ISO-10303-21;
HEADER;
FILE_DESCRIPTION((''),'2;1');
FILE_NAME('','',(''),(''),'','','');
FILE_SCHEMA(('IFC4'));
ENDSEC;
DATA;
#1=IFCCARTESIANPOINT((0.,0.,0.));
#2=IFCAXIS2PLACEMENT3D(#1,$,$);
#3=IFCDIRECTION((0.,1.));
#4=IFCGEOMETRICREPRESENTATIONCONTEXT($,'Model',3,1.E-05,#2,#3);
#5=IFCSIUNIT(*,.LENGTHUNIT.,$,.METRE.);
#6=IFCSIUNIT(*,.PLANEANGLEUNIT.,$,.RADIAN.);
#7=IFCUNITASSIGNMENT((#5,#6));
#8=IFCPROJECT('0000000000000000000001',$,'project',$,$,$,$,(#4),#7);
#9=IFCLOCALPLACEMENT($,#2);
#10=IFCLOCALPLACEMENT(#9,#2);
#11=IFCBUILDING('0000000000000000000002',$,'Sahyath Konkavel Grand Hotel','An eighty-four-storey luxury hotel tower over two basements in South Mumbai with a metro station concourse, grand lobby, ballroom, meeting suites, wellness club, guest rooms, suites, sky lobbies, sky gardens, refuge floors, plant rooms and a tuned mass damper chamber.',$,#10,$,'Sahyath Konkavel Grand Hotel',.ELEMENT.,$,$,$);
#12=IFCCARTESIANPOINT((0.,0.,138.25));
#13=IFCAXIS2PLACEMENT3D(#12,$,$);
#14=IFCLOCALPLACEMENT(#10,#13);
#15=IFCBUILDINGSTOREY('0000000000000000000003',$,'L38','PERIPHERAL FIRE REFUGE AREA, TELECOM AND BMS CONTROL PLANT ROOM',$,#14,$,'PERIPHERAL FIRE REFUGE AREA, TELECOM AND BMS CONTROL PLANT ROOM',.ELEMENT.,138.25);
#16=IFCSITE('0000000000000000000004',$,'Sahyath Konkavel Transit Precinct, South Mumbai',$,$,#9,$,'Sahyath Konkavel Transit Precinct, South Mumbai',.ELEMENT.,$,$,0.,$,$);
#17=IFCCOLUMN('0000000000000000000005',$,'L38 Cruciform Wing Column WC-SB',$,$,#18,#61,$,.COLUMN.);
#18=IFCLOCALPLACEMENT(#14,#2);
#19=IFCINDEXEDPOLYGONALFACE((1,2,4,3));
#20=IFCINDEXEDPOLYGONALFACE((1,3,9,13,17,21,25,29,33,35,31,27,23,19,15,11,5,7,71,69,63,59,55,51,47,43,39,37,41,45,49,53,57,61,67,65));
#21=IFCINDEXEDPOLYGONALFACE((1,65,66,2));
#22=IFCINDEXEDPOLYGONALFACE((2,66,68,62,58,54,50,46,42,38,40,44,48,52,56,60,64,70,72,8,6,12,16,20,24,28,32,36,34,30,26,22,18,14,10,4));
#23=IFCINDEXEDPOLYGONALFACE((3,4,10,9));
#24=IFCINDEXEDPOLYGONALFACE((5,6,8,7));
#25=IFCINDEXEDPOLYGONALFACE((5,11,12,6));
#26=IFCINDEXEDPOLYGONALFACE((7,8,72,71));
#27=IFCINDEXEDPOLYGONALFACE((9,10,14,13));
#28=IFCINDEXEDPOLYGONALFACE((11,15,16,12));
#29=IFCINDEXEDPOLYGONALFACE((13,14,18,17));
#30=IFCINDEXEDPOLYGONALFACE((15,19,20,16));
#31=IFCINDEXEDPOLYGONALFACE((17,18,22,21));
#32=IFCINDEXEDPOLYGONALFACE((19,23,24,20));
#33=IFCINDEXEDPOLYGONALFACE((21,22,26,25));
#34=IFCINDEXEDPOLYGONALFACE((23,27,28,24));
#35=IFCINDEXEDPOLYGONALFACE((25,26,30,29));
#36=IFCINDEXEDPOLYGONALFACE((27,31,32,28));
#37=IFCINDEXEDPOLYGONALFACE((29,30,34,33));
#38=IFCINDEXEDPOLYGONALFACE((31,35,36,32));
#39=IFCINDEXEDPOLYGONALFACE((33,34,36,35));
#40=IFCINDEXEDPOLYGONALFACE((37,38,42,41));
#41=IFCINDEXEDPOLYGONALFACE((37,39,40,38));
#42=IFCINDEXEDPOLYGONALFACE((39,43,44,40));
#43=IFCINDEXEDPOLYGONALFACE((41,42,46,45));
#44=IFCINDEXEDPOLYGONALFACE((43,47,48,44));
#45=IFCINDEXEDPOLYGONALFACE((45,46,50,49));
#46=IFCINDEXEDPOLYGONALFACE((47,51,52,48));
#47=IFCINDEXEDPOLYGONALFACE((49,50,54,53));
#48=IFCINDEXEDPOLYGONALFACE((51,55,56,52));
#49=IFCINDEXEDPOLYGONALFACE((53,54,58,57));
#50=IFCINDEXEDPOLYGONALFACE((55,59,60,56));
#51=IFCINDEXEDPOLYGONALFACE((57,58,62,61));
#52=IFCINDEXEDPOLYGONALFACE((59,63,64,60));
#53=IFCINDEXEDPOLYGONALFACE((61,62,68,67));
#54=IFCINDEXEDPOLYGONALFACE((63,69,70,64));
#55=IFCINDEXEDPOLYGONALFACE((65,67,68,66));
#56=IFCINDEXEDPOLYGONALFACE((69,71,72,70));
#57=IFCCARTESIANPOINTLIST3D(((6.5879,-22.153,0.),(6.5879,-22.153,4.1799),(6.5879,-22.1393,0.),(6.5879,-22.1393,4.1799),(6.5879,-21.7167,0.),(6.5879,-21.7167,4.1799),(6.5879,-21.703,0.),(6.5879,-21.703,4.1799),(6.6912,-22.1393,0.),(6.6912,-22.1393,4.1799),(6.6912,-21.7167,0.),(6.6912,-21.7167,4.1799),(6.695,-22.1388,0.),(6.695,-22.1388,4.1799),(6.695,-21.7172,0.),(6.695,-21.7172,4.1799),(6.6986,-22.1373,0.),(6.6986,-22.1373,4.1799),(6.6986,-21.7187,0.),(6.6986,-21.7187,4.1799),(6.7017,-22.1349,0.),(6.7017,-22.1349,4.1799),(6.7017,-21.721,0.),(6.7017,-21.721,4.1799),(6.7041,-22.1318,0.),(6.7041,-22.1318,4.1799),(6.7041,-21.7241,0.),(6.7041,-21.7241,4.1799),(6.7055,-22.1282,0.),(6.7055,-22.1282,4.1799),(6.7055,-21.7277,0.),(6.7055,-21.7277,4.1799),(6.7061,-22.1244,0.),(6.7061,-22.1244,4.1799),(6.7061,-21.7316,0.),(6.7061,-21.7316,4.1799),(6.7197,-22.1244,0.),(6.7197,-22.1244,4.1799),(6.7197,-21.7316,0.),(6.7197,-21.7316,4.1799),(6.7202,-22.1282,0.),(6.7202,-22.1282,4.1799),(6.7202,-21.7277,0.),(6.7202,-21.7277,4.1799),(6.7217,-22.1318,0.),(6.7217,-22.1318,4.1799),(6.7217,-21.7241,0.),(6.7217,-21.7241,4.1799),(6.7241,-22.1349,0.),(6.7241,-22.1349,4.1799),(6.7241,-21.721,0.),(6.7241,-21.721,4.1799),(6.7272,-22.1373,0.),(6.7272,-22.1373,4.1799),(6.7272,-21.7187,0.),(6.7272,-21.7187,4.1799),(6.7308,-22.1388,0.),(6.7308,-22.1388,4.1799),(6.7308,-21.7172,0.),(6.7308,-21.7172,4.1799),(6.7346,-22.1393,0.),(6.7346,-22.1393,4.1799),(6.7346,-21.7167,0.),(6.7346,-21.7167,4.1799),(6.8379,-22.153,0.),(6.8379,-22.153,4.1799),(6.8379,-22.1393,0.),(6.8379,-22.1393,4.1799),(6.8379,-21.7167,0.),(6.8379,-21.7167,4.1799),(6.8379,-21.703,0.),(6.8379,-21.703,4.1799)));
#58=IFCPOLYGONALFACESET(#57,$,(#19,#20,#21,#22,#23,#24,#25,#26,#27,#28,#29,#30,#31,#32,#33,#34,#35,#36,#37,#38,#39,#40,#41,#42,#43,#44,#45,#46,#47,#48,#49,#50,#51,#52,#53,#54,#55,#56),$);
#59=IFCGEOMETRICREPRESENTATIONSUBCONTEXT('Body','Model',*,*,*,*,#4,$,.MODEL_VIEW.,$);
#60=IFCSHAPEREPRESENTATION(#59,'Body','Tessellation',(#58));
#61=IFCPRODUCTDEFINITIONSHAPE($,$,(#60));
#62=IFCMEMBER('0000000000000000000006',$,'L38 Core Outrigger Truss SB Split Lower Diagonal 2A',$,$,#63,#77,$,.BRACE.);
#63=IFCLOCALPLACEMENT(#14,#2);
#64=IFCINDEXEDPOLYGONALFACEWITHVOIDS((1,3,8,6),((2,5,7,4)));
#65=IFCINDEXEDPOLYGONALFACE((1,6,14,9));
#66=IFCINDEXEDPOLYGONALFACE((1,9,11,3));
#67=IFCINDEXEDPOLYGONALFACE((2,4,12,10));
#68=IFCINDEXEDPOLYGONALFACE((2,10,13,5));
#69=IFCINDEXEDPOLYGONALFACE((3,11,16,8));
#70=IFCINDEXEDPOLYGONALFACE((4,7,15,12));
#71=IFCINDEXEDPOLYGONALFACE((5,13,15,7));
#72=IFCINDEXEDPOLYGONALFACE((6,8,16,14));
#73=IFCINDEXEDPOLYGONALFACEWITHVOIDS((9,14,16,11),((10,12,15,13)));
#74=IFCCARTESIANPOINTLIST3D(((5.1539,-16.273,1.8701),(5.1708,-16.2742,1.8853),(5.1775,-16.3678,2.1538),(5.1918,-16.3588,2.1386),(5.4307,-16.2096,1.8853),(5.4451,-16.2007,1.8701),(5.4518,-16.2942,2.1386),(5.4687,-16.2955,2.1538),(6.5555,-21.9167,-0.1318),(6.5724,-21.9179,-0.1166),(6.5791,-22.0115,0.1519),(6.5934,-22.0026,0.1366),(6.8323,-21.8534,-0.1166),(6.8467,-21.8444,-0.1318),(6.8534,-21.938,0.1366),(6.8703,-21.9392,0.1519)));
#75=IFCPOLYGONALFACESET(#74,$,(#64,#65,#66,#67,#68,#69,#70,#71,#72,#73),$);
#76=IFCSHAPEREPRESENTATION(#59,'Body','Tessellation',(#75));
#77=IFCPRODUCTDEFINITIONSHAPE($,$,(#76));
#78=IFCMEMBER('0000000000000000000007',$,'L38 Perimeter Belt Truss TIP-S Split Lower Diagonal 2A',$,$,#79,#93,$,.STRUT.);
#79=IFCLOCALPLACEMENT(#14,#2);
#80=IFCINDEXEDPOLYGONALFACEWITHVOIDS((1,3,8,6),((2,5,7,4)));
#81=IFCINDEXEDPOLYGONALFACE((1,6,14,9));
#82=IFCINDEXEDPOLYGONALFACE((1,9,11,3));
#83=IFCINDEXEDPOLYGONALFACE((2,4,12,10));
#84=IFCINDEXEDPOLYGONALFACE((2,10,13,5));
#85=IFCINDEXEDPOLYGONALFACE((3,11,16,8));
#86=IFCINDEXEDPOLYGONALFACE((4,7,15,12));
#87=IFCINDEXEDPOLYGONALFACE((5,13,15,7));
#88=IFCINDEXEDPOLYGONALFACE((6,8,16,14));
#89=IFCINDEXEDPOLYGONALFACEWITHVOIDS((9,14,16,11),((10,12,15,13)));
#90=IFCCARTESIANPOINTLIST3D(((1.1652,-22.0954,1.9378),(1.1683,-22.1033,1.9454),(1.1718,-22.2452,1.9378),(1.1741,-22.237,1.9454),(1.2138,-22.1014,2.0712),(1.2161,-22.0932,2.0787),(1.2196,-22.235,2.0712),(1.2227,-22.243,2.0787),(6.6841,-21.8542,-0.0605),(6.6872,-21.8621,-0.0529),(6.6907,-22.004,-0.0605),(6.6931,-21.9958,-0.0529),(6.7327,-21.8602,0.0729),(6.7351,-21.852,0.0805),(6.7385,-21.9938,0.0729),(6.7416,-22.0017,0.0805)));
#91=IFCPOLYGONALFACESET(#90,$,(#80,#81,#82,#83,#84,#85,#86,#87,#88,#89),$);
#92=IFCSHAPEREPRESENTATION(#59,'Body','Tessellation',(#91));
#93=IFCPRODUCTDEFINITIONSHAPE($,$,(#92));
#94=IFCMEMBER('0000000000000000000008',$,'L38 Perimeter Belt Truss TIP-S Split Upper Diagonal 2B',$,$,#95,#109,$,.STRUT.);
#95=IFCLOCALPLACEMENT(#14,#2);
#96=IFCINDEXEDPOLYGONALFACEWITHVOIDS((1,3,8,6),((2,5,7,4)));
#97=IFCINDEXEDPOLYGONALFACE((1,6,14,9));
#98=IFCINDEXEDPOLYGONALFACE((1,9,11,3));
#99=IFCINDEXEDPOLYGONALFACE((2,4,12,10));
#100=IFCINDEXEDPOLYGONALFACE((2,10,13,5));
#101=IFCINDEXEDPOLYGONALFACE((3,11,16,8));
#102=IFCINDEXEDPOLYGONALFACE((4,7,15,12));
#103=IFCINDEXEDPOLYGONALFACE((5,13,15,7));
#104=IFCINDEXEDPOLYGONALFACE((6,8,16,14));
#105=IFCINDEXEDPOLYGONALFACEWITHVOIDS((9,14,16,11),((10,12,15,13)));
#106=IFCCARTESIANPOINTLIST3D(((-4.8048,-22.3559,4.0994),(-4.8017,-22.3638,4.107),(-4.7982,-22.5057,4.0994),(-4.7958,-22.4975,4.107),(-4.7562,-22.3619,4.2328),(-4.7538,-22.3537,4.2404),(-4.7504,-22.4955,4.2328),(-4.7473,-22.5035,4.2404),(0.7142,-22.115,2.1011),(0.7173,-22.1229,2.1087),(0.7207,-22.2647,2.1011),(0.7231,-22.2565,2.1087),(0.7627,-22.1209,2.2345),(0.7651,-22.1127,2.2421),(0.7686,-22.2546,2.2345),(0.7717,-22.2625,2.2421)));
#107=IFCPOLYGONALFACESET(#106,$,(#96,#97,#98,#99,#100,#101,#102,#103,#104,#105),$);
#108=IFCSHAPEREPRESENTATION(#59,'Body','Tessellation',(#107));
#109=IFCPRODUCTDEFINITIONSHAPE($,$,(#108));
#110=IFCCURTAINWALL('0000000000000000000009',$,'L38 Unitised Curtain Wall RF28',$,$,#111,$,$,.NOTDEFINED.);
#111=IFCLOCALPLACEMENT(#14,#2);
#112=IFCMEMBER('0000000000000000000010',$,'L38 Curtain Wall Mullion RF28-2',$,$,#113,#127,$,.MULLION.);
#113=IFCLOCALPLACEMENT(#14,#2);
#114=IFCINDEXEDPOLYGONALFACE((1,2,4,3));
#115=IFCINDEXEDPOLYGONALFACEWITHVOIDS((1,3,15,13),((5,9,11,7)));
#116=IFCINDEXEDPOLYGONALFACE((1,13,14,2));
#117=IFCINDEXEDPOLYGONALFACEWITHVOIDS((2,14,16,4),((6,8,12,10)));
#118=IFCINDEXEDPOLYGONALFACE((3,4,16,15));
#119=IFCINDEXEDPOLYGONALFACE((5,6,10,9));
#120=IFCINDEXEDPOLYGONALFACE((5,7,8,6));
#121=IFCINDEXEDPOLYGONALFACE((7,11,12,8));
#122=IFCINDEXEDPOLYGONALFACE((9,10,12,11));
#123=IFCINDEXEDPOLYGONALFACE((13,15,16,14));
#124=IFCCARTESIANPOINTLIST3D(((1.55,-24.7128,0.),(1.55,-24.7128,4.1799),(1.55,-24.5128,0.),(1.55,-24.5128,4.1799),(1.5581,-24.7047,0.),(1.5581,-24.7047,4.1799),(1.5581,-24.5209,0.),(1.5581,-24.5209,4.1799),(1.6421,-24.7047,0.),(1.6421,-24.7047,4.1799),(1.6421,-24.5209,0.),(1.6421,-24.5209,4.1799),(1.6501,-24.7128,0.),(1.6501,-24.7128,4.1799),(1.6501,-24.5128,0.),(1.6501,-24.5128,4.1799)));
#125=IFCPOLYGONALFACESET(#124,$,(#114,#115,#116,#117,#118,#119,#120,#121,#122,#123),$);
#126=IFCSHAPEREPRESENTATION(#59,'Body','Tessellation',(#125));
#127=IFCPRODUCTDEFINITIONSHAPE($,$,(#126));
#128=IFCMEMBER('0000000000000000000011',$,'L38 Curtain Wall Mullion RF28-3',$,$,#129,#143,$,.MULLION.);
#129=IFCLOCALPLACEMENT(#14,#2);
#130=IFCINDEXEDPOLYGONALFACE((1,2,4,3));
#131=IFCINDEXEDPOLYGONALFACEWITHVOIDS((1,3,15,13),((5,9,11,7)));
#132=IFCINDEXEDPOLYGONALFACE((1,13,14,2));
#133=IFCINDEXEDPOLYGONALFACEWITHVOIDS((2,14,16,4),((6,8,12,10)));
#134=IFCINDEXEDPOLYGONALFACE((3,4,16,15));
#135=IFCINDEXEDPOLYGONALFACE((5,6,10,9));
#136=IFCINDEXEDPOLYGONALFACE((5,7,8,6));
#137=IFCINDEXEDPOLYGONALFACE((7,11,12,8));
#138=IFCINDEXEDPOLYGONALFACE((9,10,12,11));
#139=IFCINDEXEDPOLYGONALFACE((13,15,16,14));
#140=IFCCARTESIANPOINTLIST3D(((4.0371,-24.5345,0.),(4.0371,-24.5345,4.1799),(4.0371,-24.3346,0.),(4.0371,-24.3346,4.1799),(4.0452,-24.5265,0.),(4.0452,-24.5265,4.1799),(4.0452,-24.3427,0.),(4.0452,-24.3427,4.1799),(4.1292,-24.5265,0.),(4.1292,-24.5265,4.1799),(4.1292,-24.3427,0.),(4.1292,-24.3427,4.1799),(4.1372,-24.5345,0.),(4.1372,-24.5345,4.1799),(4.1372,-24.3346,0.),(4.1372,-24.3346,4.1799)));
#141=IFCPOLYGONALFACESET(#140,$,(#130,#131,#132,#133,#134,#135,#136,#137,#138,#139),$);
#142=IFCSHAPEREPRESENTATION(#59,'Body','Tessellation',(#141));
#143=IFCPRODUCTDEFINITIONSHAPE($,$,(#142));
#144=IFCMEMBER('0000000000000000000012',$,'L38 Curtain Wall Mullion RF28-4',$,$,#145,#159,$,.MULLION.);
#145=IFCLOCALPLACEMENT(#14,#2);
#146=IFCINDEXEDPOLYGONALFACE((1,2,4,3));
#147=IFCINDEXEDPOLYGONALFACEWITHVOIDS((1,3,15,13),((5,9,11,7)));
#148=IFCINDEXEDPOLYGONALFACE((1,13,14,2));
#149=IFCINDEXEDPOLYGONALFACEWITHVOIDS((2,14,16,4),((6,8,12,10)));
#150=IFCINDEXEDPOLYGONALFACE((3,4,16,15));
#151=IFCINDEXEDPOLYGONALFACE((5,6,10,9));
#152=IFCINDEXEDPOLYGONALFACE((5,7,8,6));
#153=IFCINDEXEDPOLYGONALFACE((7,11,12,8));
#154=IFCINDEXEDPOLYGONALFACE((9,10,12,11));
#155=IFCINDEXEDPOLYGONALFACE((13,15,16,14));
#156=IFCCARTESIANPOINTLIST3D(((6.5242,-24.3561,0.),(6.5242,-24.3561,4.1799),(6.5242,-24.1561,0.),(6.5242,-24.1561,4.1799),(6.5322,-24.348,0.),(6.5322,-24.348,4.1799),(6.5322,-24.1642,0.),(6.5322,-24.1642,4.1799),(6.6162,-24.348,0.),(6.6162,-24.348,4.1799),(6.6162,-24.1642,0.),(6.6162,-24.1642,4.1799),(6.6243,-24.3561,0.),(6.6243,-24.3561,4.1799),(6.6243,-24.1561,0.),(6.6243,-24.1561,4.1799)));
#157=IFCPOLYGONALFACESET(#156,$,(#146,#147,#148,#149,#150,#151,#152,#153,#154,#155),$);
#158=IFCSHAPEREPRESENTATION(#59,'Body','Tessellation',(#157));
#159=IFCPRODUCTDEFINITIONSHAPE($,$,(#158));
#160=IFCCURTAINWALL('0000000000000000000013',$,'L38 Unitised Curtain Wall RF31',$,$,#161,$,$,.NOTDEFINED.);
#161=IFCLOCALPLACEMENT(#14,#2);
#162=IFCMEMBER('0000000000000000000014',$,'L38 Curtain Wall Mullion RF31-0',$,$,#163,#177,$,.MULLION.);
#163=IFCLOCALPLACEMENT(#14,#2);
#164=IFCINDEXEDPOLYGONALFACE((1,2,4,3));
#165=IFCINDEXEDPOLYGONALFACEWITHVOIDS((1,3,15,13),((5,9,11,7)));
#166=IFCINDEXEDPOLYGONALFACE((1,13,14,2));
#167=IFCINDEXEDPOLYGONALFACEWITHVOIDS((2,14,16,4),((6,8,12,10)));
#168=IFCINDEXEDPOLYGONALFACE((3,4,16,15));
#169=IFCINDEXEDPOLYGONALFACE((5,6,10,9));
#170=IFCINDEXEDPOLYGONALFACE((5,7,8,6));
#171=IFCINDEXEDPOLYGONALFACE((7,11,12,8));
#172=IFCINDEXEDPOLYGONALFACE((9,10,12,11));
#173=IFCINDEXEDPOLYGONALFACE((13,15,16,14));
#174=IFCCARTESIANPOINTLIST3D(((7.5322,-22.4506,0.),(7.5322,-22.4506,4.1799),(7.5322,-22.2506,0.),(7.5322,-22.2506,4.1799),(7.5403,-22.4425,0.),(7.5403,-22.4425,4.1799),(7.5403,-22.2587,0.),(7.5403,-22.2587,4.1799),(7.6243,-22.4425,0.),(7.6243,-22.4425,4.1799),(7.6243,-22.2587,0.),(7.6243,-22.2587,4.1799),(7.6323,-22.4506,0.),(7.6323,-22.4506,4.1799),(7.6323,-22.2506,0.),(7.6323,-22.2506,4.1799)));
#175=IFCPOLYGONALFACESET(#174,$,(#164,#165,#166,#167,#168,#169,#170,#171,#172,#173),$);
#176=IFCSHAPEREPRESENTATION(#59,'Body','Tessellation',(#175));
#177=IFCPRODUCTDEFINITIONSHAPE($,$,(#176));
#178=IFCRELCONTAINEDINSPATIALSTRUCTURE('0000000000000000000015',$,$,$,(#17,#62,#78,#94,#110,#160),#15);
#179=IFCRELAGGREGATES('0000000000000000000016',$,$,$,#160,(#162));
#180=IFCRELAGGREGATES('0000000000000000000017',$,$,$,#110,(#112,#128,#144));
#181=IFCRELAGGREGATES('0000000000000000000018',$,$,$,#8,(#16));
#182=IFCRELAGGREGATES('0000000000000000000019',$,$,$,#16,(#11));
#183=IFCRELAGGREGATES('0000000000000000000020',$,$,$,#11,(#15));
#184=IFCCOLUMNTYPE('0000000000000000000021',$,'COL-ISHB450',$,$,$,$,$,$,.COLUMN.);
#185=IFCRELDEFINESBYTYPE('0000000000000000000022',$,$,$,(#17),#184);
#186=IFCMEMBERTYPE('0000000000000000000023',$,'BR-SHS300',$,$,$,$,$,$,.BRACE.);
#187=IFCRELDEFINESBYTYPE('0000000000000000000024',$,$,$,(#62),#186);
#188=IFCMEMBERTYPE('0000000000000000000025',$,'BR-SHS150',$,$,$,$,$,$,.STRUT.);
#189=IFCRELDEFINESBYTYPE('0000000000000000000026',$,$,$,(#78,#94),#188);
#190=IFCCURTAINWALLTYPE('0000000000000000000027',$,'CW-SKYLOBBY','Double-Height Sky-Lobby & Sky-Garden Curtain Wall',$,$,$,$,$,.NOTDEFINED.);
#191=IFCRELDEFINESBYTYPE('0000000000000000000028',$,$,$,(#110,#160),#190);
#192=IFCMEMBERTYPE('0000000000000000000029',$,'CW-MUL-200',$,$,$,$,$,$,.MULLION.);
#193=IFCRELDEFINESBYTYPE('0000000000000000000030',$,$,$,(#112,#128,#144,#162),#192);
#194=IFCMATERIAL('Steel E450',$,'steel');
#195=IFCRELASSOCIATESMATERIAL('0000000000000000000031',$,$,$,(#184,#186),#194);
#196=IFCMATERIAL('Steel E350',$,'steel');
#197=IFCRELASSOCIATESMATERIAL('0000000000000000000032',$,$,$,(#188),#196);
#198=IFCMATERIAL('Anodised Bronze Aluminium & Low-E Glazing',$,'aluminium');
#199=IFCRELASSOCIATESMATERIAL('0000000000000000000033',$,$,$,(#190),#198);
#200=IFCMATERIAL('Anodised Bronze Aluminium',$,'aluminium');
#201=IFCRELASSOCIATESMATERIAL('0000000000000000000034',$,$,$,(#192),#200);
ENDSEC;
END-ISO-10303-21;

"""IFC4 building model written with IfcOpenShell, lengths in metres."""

from ifc_helpers import new_model, si_unit, direction, frame, origin, origin_2d, place, context, subcontext, project, spatial, hollow_rectangle, i_section, extrude, source, transform, mapped, material, material_profile, profile_set, type_object, element, aggregate, save


model = new_model("IFC4")

# Units and contexts
model_context = context("Model", 3, precision=1e-05, world=origin(), true_north=direction((0.0, 1.0)))
body_context = subcontext(model_context, "Body", "Model", "MODEL_VIEW")
ifc_project = project(units=[si_unit("LENGTHUNIT", "METRE"), si_unit("PLANEANGLEUNIT", "RADIAN")], contexts=[model_context])

# Site, building, storey
site_placement = place(None, origin())
site = spatial("IfcSite", under=ifc_project, at=site_placement, Name="Sahyath Konkavel Transit Precinct, South Mumbai", LongName="Sahyath Konkavel Transit Precinct, South Mumbai", CompositionType="ELEMENT", RefElevation=0.0)
building_placement = place(site_placement, origin())
building = spatial("IfcBuilding", under=site, at=building_placement, Name="Sahyath Konkavel Grand Hotel", Description="An eighty-four-storey luxury hotel tower over two basements in South Mumbai with a metro station concourse, grand lobby, ballroom, meeting suites, wellness club, guest rooms, suites, sky lobbies, sky gardens, refuge floors, plant rooms and a tuned mass damper chamber.", LongName="Sahyath Konkavel Grand Hotel", CompositionType="ELEMENT")
storey_placement = place(building_placement, frame((0.0, 0.0, 138.25)))
storey = spatial("IfcBuildingStorey", under=building, at=storey_placement, Name="L38", Description="PERIPHERAL FIRE REFUGE AREA, TELECOM AND BMS CONTROL PLANT ROOM", LongName="PERIPHERAL FIRE REFUGE AREA, TELECOM AND BMS CONTROL PLANT ROOM", CompositionType="ELEMENT", Elevation=138.25)

# Column
ifc_material_1 = material(Name="Steel E450", Category="steel")
ifc_material_profile_1 = material_profile(ifc_material_1, i_section(OverallWidth=0.25, OverallDepth=0.45, WebThickness=0.0137, FlangeThickness=0.0137, FilletRadius=0.0149, at=origin_2d()), Name="ISHB 450")
ifc_profile_set_1 = profile_set([ifc_material_profile_1], Name="Steel E450")
column_type = type_object("IfcColumnType", Name="COL-ISHB450", PredefinedType="COLUMN", material=ifc_profile_set_1)
shared_shape_1 = source(origin(), body_context, "Body", "SweptSolid", [
    extrude(i_section(OverallWidth=0.25, OverallDepth=0.45, WebThickness=0.0137, FlangeThickness=0.0137, FilletRadius=0.0149, at=origin_2d()), origin(), (0.0, 0.0, 1.0), 4.1799),
])
column_placement = place(storey_placement, frame((6.7129, -21.928, 0.0), z_axis=(0.0, 0.0, 1.0), x_axis=(1.0, 0.0, 0.0)))
element("IfcColumn", 1, at=column_placement, inside=storey, type_object=column_type, Name="L38 Cruciform Wing Column WC-SB", PredefinedType="COLUMN", context=body_context, shape_type="MappedRepresentation", body=[
    mapped(shared_shape_1, transform((0.0, 0.0, 0.0), scale=1.0)),
])

# Members
ifc_material_profile_2 = material_profile(ifc_material_1, hollow_rectangle(XDim=0.3, YDim=0.3, WallThickness=0.0161, at=origin_2d()), Name="SHS 300x300x16")
ifc_profile_set_2 = profile_set([ifc_material_profile_2], Name="Steel E450")
member_type_1 = type_object("IfcMemberType", Name="BR-SHS300", PredefinedType="BRACE", material=ifc_profile_set_2)
shared_shape_2 = source(origin(), body_context, "Body", "SweptSolid", [
    extrude(hollow_rectangle(XDim=0.3, YDim=0.3, WallThickness=0.0161, at=origin_2d()), origin(), (0.0, 0.0, 1.0), 6.1501),
])
member_1_placement = place(storey_placement, frame((6.7129, -21.928, 0.01), z_axis=(-0.227897, 0.917663, 0.325511), x_axis=(-0.970519, -0.241024, 0.0)))
element("IfcMember", 2, at=member_1_placement, inside=storey, type_object=member_type_1, Name="L38 Core Outrigger Truss SB Split Lower Diagonal 2A", PredefinedType="BRACE", context=body_context, shape_type="MappedRepresentation", body=[
    mapped(shared_shape_2, transform((0.0, 0.0, 0.0), scale=1.0)),
])
ifc_material_2 = material(Name="Steel E350", Category="steel")
ifc_material_profile_3 = material_profile(ifc_material_2, hollow_rectangle(XDim=0.1499, YDim=0.1499, WallThickness=0.0081, at=origin_2d()), Name="SHS 150x150x8")
ifc_profile_set_3 = profile_set([ifc_material_profile_3], Name="Steel E350")
member_type_2 = type_object("IfcMemberType", Name="BR-SHS150", PredefinedType="STRUT", material=ifc_profile_set_3)
shared_shape_3 = source(origin(), body_context, "Body", "SweptSolid", [
    extrude(hollow_rectangle(XDim=0.1499, YDim=0.1499, WallThickness=0.0081, at=origin_2d()), origin(), (0.0, 0.0, 1.0), 5.8745),
])
for number, where, z_axis, x_axis, name in (
    (3, (6.7129, -21.928, 0.01), (-0.939472, -0.04106, 0.340157), (0.043664, -0.999046, 0.0), "L38 Perimeter Belt Truss TIP-S Split Lower Diagonal 2A"),
    (4, (0.7429, -22.1887, 2.1716), (-0.939474, -0.041018, 0.340157), (0.043619, -0.999048, 0.0), "L38 Perimeter Belt Truss TIP-S Split Upper Diagonal 2B"),
):
    element("IfcMember", number, at=place(storey_placement, frame(where, z_axis=z_axis, x_axis=x_axis)), inside=storey, type_object=member_type_2, Name=name, PredefinedType="STRUT", context=body_context, shape_type="MappedRepresentation", body=[
        mapped(shared_shape_3, transform((0.0, 0.0, 0.0), scale=1.0)),
    ])

# Curtain wall, members
ifc_material_3 = material(Name="Anodised Bronze Aluminium & Low-E Glazing", Category="aluminium")
curtain_wall_type = type_object("IfcCurtainWallType", Name="CW-SKYLOBBY", Description="Double-Height Sky-Lobby & Sky-Garden Curtain Wall", PredefinedType="NOTDEFINED", material=ifc_material_3)
curtain_wall_1_placement = place(storey_placement, origin())
curtain_wall_1 = element("IfcCurtainWall", 5, at=curtain_wall_1_placement, inside=storey, type_object=curtain_wall_type, Name="L38 Unitised Curtain Wall RF28", PredefinedType="NOTDEFINED")
ifc_material_4 = material(Name="Anodised Bronze Aluminium", Category="aluminium")
ifc_material_profile_4 = material_profile(ifc_material_4, hollow_rectangle(XDim=0.1001, YDim=0.2, WallThickness=0.0081, at=origin_2d()), Name="RHS 200x100x8")
ifc_profile_set_4 = profile_set([ifc_material_profile_4], Name="Anodised Bronze Aluminium")
member_type_3 = type_object("IfcMemberType", Name="CW-MUL-200", PredefinedType="MULLION", material=ifc_profile_set_4)
shared_shape_4 = source(origin(), body_context, "Body", "SweptSolid", [
    extrude(hollow_rectangle(XDim=0.1001, YDim=0.2, WallThickness=0.0081, at=origin_2d()), origin(), (0.0, 0.0, 1.0), 4.1799),
])
member_2_placement = place(storey_placement, frame((1.6001, -24.6128, 0.0), z_axis=(0.0, 0.0, 1.0), x_axis=(1.0, 0.0, 0.0)))
member_2 = element("IfcMember", 6, at=member_2_placement, type_object=member_type_3, Name="L38 Curtain Wall Mullion RF28-2", PredefinedType="MULLION", context=body_context, shape_type="MappedRepresentation", body=[
    mapped(shared_shape_4, transform((0.0, 0.0, 0.0), scale=1.0)),
])
member_3_placement = place(storey_placement, frame((4.0872, -24.4346, 0.0), z_axis=(0.0, 0.0, 1.0), x_axis=(1.0, 0.0, 0.0)))
member_3 = element("IfcMember", 7, at=member_3_placement, type_object=member_type_3, Name="L38 Curtain Wall Mullion RF28-3", PredefinedType="MULLION", context=body_context, shape_type="MappedRepresentation", body=[
    mapped(shared_shape_4, transform((0.0, 0.0, 0.0), scale=1.0)),
])
member_4_placement = place(storey_placement, frame((6.5742, -24.2561, 0.0), z_axis=(0.0, 0.0, 1.0), x_axis=(1.0, 0.0, 0.0)))
member_4 = element("IfcMember", 8, at=member_4_placement, type_object=member_type_3, Name="L38 Curtain Wall Mullion RF28-4", PredefinedType="MULLION", context=body_context, shape_type="MappedRepresentation", body=[
    mapped(shared_shape_4, transform((0.0, 0.0, 0.0), scale=1.0)),
])

# Curtain wall, member
curtain_wall_2_placement = place(storey_placement, origin())
curtain_wall_2 = element("IfcCurtainWall", 9, at=curtain_wall_2_placement, inside=storey, type_object=curtain_wall_type, Name="L38 Unitised Curtain Wall RF31", PredefinedType="NOTDEFINED")
member_5_placement = place(storey_placement, frame((7.5823, -22.3506, 0.0), z_axis=(0.0, 0.0, 1.0), x_axis=(1.0, 0.0, 0.0)))
member_5 = element("IfcMember", 10, at=member_5_placement, type_object=member_type_3, Name="L38 Curtain Wall Mullion RF31-0", PredefinedType="MULLION", context=body_context, shape_type="MappedRepresentation", body=[
    mapped(shared_shape_4, transform((0.0, 0.0, 0.0), scale=1.0)),
])

aggregate(curtain_wall_2, [member_5])
aggregate(curtain_wall_1, [member_2, member_3, member_4])

save(model, "model.ifc")
